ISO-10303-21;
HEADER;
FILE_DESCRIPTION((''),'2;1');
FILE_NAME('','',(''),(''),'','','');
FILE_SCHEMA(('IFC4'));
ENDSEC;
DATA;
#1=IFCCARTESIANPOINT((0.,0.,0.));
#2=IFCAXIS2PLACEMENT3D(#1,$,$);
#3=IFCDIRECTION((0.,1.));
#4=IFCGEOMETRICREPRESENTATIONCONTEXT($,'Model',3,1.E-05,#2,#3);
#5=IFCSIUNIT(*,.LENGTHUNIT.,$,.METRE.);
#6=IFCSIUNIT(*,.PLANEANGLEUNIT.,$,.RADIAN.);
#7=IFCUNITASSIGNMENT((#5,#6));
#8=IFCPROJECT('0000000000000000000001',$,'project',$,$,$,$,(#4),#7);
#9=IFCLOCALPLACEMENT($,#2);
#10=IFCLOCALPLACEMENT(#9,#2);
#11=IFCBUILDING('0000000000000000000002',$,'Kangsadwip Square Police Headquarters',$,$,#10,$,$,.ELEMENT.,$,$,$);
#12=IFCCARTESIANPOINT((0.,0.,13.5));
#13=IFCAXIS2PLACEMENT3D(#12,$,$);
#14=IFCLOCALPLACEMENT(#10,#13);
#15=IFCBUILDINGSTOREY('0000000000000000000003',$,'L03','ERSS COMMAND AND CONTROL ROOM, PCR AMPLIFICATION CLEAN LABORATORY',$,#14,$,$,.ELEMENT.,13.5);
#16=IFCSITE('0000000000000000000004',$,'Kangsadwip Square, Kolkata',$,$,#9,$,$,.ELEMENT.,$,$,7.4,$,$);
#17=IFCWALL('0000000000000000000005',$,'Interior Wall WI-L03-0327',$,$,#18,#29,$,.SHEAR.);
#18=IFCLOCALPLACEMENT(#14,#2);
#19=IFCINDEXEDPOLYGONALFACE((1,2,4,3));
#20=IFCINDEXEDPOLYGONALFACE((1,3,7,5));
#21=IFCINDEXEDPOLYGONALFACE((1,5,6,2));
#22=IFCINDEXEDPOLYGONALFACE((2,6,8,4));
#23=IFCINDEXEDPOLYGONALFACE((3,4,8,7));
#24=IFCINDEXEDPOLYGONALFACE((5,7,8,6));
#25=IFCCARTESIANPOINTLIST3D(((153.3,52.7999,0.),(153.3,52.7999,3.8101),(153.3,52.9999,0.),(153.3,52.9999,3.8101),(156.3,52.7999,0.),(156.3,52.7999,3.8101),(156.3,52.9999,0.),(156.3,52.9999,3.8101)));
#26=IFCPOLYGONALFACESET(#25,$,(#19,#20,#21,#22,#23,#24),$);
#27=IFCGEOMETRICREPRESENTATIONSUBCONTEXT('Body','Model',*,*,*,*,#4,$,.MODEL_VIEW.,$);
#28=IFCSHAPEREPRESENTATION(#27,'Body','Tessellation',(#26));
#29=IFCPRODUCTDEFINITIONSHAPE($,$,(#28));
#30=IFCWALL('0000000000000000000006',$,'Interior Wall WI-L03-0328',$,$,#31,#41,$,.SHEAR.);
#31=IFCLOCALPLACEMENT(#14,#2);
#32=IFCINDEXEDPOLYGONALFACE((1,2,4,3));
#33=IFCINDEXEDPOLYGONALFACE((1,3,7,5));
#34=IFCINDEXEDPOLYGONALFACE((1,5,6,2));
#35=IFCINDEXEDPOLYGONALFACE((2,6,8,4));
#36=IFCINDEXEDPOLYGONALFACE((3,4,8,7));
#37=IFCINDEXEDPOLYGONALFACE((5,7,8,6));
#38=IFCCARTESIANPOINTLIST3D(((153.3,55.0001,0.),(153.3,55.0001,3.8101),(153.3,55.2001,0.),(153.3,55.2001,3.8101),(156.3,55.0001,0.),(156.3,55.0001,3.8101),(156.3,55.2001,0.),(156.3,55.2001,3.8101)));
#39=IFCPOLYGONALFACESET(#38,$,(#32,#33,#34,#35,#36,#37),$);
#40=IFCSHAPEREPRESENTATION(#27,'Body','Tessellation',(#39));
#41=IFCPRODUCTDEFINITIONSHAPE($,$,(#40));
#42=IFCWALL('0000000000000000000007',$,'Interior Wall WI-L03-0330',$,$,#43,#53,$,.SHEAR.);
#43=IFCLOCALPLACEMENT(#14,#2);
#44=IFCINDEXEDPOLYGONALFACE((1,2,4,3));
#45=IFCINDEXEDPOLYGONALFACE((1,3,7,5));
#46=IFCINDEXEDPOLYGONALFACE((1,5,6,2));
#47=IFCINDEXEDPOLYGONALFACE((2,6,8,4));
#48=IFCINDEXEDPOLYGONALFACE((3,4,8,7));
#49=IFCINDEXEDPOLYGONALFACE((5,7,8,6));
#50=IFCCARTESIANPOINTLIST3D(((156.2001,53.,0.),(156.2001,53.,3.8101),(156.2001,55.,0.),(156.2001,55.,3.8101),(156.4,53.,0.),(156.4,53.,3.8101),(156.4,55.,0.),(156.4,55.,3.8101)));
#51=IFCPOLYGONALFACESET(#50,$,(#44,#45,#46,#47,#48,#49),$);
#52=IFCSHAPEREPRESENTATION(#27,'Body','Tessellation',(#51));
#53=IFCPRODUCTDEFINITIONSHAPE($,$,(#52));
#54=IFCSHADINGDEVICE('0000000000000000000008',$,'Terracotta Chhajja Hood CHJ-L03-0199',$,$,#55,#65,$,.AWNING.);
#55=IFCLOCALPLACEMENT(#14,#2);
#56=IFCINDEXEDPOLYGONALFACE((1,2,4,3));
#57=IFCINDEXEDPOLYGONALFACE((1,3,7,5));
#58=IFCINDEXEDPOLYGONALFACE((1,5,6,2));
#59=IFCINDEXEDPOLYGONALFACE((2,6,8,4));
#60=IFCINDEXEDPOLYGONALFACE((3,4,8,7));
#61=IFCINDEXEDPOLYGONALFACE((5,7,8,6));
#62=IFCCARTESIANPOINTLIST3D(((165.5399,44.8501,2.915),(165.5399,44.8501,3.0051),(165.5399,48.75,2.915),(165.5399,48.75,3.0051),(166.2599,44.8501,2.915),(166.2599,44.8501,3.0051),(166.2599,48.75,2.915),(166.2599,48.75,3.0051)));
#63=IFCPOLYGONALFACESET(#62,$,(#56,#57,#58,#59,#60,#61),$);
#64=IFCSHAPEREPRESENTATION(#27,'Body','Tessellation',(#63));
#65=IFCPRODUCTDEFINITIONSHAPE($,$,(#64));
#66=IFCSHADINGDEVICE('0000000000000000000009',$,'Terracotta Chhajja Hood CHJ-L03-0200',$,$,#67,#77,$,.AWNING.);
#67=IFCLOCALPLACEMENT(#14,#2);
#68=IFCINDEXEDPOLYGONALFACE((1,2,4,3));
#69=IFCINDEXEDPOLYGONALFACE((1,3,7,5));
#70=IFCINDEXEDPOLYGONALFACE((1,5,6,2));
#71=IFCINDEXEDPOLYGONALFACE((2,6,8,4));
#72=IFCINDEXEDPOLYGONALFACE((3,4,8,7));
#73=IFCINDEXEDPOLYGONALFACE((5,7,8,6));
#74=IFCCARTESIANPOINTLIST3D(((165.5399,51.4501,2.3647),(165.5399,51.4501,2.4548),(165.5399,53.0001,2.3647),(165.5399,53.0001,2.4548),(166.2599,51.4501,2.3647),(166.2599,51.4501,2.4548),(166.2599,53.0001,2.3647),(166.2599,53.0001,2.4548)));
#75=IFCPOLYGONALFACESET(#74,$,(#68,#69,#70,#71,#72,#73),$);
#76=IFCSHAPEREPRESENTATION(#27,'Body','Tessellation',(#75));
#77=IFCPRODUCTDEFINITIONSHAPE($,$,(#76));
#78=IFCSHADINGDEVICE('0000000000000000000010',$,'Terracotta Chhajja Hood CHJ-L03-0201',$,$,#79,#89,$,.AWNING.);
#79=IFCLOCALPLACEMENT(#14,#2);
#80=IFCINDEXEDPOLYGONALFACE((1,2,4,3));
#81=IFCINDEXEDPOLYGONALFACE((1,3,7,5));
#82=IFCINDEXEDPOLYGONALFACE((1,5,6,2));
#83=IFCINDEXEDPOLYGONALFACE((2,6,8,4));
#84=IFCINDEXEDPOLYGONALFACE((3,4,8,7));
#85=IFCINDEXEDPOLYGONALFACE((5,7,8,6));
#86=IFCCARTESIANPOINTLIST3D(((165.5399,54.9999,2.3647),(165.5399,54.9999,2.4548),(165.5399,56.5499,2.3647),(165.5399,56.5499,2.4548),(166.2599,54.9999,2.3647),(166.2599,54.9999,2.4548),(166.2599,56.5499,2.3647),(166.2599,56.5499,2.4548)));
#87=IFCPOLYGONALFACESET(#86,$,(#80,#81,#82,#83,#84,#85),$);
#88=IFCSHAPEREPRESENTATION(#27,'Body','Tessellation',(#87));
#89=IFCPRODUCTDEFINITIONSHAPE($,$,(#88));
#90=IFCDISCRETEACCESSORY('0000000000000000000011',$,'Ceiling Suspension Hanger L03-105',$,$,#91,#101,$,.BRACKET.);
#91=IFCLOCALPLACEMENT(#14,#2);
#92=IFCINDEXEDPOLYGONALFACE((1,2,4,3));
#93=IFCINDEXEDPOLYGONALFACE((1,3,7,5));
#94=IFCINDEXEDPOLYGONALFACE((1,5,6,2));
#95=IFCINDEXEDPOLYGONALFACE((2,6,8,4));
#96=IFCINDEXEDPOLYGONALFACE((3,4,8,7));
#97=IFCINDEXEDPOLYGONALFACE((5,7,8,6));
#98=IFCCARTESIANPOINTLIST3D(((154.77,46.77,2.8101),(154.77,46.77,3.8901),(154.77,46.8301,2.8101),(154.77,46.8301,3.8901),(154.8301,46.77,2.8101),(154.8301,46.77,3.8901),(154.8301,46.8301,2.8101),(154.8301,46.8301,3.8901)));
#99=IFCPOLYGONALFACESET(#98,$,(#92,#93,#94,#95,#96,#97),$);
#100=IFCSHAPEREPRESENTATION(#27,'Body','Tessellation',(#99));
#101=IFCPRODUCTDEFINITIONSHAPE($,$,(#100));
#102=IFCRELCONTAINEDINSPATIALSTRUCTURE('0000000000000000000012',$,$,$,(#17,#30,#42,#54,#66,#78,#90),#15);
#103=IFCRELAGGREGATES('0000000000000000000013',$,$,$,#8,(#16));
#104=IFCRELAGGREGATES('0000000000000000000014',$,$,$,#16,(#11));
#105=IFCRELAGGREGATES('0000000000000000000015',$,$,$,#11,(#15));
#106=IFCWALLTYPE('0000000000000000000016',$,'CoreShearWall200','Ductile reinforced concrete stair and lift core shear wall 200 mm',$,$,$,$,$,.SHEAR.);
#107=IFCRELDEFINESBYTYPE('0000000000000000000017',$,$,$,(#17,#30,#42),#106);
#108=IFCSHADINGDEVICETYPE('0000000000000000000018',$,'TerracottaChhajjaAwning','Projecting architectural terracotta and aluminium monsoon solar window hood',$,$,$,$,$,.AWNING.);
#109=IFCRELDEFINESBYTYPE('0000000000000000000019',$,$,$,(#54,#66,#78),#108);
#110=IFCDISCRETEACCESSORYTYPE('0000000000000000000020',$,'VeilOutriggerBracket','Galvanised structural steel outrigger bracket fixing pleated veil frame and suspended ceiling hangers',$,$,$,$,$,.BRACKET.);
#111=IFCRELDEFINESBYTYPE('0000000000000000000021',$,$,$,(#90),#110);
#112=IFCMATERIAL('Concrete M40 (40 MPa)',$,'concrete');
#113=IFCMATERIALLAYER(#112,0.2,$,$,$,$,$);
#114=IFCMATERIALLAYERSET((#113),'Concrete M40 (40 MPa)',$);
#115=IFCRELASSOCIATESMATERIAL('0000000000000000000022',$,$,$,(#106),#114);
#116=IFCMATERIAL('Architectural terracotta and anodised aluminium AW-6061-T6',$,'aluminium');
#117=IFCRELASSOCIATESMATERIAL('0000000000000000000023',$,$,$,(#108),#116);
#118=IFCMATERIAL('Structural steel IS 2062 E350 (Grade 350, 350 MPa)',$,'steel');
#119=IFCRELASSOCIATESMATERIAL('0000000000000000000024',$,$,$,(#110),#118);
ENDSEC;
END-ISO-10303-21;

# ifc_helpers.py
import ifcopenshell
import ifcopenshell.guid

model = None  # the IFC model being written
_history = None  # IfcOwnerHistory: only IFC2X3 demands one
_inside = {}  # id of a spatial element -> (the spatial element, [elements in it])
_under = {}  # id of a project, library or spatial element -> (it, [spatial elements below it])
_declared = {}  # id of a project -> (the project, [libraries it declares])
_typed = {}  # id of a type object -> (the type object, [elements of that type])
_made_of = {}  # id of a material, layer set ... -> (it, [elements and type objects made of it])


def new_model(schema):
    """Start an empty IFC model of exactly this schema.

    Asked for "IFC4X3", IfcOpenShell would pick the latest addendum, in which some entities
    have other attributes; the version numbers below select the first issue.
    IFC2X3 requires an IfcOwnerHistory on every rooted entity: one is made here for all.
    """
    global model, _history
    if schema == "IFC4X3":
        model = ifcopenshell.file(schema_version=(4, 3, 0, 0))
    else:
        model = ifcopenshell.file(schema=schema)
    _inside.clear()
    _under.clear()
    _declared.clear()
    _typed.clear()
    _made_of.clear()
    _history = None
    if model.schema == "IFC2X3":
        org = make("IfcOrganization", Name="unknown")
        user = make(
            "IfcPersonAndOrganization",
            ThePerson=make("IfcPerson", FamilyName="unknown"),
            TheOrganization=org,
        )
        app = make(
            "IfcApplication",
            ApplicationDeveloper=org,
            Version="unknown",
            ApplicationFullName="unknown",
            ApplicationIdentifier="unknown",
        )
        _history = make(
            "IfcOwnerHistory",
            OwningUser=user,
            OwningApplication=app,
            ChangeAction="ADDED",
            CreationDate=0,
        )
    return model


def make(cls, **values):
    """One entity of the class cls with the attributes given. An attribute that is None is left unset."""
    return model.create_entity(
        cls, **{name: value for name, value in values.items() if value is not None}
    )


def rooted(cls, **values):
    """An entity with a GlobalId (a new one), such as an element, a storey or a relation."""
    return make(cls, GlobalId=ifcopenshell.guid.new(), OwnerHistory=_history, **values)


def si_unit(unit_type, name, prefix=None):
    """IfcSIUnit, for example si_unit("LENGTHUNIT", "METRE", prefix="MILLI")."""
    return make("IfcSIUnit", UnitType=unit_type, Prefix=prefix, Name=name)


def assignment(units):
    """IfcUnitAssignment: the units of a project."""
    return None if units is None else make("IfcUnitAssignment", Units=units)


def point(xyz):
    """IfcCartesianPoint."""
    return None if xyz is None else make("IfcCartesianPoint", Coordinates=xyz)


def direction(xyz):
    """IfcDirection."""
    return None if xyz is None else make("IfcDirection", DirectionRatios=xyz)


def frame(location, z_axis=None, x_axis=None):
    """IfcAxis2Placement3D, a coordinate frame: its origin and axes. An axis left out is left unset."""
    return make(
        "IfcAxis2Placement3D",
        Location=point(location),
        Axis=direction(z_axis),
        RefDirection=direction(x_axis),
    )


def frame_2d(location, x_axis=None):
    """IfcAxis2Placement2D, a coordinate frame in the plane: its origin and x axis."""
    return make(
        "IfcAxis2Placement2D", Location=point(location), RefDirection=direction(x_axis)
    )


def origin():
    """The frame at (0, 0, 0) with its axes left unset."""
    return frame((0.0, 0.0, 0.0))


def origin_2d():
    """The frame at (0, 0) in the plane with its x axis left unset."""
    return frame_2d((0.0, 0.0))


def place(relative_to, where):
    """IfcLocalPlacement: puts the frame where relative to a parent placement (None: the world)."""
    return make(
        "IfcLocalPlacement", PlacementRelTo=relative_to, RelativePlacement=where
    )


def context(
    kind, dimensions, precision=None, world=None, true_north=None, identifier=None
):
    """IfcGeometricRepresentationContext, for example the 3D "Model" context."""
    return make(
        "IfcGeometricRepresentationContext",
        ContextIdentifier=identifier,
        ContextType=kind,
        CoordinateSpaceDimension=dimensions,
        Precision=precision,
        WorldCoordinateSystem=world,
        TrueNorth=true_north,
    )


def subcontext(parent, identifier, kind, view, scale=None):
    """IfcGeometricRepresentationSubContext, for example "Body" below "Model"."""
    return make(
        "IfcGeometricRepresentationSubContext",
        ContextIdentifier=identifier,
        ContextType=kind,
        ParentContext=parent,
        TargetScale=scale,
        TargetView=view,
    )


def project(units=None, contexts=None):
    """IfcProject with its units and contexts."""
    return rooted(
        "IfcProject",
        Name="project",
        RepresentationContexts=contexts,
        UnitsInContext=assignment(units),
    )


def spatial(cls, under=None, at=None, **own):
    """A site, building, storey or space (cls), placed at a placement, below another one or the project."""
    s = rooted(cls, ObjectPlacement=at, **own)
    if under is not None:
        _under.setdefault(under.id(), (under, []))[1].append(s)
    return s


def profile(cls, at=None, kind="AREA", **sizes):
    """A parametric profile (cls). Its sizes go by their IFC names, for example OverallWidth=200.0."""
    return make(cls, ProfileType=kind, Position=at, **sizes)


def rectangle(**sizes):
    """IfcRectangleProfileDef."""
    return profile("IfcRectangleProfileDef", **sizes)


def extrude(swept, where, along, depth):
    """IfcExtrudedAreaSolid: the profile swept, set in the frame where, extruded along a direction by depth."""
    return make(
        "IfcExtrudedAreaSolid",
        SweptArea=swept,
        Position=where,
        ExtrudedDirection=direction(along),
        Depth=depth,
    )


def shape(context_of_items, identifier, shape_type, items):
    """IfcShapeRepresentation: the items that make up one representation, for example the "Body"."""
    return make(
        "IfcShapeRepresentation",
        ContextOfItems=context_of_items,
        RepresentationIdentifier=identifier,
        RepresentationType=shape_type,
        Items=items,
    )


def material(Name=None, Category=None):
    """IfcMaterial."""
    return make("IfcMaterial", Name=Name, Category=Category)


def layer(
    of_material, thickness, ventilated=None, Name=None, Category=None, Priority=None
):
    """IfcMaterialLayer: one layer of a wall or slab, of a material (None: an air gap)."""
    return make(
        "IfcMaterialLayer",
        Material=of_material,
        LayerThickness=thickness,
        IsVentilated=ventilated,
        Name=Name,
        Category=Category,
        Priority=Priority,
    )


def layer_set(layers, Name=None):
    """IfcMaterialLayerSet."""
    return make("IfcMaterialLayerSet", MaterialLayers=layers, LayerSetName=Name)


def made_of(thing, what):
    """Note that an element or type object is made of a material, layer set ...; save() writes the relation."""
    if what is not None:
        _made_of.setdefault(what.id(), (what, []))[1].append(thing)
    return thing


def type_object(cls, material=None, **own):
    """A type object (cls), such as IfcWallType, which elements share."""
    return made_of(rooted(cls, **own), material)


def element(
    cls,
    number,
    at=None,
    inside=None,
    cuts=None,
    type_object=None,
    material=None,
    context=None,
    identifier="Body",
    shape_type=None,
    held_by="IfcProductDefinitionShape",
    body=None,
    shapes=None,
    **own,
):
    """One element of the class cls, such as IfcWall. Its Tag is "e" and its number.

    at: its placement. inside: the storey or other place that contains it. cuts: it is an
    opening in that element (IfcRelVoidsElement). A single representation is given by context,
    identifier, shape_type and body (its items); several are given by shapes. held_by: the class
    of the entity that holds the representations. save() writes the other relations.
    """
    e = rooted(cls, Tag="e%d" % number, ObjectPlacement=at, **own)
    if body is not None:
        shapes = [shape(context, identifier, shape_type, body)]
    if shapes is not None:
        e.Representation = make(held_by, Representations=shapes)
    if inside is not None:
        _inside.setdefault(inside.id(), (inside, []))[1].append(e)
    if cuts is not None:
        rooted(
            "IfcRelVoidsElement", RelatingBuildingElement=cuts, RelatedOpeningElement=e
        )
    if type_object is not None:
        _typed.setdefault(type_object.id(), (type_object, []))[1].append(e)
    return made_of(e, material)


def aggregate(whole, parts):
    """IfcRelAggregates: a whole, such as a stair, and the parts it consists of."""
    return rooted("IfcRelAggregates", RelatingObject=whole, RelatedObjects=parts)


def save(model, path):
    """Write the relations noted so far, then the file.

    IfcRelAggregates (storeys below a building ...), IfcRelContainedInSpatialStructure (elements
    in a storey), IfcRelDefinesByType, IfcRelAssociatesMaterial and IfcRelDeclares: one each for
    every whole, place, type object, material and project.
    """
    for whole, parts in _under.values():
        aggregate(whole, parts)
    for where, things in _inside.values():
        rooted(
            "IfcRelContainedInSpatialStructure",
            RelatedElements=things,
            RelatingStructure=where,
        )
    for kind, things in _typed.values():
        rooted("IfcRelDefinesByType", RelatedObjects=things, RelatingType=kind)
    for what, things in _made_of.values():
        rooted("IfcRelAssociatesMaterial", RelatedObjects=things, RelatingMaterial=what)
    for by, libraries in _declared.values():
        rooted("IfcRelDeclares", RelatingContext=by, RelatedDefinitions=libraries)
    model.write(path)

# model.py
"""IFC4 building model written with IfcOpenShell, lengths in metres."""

from ifc_helpers import new_model, si_unit, direction, frame, frame_2d, origin, origin_2d, place, context, subcontext, project, spatial, rectangle, extrude, material, layer, layer_set, type_object, element, save


model = new_model("IFC4")

# Units and contexts
model_context = context("Model", 3, precision=1e-05, world=origin(), true_north=direction((0.0, 1.0)))
body_context = subcontext(model_context, "Body", "Model", "MODEL_VIEW")
ifc_project = project(units=[si_unit("LENGTHUNIT", "METRE"), si_unit("PLANEANGLEUNIT", "RADIAN")], contexts=[model_context])

# Site, building, storey
site_placement = place(None, origin())
site = spatial("IfcSite", under=ifc_project, at=site_placement, Name="Kangsadwip Square, Kolkata", CompositionType="ELEMENT", RefElevation=7.4)
building_placement = place(site_placement, origin())
building = spatial("IfcBuilding", under=site, at=building_placement, Name="Kangsadwip Square Police Headquarters", CompositionType="ELEMENT")
storey_placement = place(building_placement, frame((0.0, 0.0, 13.5)))
storey = spatial("IfcBuildingStorey", under=building, at=storey_placement, Name="L03", Description="ERSS COMMAND AND CONTROL ROOM, PCR AMPLIFICATION CLEAN LABORATORY", CompositionType="ELEMENT", Elevation=13.5)

# Walls
ifc_material_1 = material(Name="Concrete M40 (40 MPa)", Category="concrete")
ifc_layer_1 = layer(ifc_material_1, 0.2)
ifc_layer_set_1 = layer_set([ifc_layer_1], Name="Concrete M40 (40 MPa)")
wall_type_1 = type_object("IfcWallType", Name="CoreShearWall200", Description="Ductile reinforced concrete stair and lift core shear wall 200 mm", PredefinedType="SHEAR", material=ifc_layer_set_1)
for number, where, z_axis, x_axis, name in (
    (1, (153.3, 52.8999, 0.0), (0.0, 0.0, 1.0), (1.0, 0.0, 0.0), "Interior Wall WI-L03-0327"),
    (2, (153.3, 55.1001, 0.0), (0.0, 0.0, 1.0), (1.0, 0.0, 0.0), "Interior Wall WI-L03-0328"),
):
    element("IfcWall", number, at=place(storey_placement, frame(where, z_axis=z_axis, x_axis=x_axis)), inside=storey, type_object=wall_type_1, Name=name, PredefinedType="SHEAR", context=body_context, shape_type="SweptSolid", body=[
        extrude(rectangle(XDim=3.0, YDim=0.2, at=frame_2d((1.5, 0.0))), origin(), (0.0, 0.0, 1.0), 3.8101),
    ])

# Wall
wall_1_placement = place(storey_placement, frame((156.3, 53.0, 0.0), z_axis=(0.0, 0.0, 1.0), x_axis=(0.0, 1.0, 0.0)))
element("IfcWall", 3, at=wall_1_placement, inside=storey, type_object=wall_type_1, Name="Interior Wall WI-L03-0330", PredefinedType="SHEAR", context=body_context, shape_type="SweptSolid", body=[
    extrude(rectangle(XDim=2.0, YDim=0.2, at=frame_2d((1.0, 0.0))), origin(), (0.0, 0.0, 1.0), 3.8101),
])

# Shading devices
ifc_material_2 = material(Name="Architectural terracotta and anodised aluminium AW-6061-T6", Category="aluminium")
shading_device_type = type_object("IfcShadingDeviceType", Name="TerracottaChhajjaAwning", Description="Projecting architectural terracotta and aluminium monsoon solar window hood", PredefinedType="AWNING", material=ifc_material_2)
shading_device_placement = place(storey_placement, frame((165.8999, 46.8, 2.915), z_axis=(0.0, 0.0, 1.0), x_axis=(0.0, 1.0, 0.0)))
element("IfcShadingDevice", 4, at=shading_device_placement, inside=storey, type_object=shading_device_type, Name="Terracotta Chhajja Hood CHJ-L03-0199", PredefinedType="AWNING", context=body_context, shape_type="SweptSolid", body=[
    extrude(rectangle(XDim=3.8999, YDim=0.72, at=origin_2d()), origin(), (0.0, 0.0, 1.0), 0.0901),
])
for number, where, z_axis, x_axis, name in (
    (5, (165.8999, 52.2251, 2.3647), (0.0, 0.0, 1.0), (0.0, 1.0, 0.0), "Terracotta Chhajja Hood CHJ-L03-0200"),
    (6, (165.8999, 55.7749, 2.3647), (0.0, 0.0, 1.0), (0.0, 1.0, 0.0), "Terracotta Chhajja Hood CHJ-L03-0201"),
):
    element("IfcShadingDevice", number, at=place(storey_placement, frame(where, z_axis=z_axis, x_axis=x_axis)), inside=storey, type_object=shading_device_type, Name=name, PredefinedType="AWNING", context=body_context, shape_type="SweptSolid", body=[
        extrude(rectangle(XDim=1.55, YDim=0.72, at=origin_2d()), origin(), (0.0, 0.0, 1.0), 0.0901),
    ])

# Discrete accessory
ifc_material_3 = material(Name="Structural steel IS 2062 E350 (Grade 350, 350 MPa)", Category="steel")
discrete_accessory_type = type_object("IfcDiscreteAccessoryType", Name="VeilOutriggerBracket", Description="Galvanised structural steel outrigger bracket fixing pleated veil frame and suspended ceiling hangers", PredefinedType="BRACKET", material=ifc_material_3)
discrete_accessory_placement = place(storey_placement, frame((154.8, 46.8, 2.8101), z_axis=(0.0, 0.0, 1.0), x_axis=(1.0, 0.0, 0.0)))
element("IfcDiscreteAccessory", 7, at=discrete_accessory_placement, inside=storey, type_object=discrete_accessory_type, Name="Ceiling Suspension Hanger L03-105", PredefinedType="BRACKET", context=body_context, shape_type="SweptSolid", body=[
    extrude(rectangle(XDim=0.0601, YDim=0.0601, at=origin_2d()), origin(), (0.0, 0.0, 1.0), 1.0801),
])

save(model, "model.ifc")
